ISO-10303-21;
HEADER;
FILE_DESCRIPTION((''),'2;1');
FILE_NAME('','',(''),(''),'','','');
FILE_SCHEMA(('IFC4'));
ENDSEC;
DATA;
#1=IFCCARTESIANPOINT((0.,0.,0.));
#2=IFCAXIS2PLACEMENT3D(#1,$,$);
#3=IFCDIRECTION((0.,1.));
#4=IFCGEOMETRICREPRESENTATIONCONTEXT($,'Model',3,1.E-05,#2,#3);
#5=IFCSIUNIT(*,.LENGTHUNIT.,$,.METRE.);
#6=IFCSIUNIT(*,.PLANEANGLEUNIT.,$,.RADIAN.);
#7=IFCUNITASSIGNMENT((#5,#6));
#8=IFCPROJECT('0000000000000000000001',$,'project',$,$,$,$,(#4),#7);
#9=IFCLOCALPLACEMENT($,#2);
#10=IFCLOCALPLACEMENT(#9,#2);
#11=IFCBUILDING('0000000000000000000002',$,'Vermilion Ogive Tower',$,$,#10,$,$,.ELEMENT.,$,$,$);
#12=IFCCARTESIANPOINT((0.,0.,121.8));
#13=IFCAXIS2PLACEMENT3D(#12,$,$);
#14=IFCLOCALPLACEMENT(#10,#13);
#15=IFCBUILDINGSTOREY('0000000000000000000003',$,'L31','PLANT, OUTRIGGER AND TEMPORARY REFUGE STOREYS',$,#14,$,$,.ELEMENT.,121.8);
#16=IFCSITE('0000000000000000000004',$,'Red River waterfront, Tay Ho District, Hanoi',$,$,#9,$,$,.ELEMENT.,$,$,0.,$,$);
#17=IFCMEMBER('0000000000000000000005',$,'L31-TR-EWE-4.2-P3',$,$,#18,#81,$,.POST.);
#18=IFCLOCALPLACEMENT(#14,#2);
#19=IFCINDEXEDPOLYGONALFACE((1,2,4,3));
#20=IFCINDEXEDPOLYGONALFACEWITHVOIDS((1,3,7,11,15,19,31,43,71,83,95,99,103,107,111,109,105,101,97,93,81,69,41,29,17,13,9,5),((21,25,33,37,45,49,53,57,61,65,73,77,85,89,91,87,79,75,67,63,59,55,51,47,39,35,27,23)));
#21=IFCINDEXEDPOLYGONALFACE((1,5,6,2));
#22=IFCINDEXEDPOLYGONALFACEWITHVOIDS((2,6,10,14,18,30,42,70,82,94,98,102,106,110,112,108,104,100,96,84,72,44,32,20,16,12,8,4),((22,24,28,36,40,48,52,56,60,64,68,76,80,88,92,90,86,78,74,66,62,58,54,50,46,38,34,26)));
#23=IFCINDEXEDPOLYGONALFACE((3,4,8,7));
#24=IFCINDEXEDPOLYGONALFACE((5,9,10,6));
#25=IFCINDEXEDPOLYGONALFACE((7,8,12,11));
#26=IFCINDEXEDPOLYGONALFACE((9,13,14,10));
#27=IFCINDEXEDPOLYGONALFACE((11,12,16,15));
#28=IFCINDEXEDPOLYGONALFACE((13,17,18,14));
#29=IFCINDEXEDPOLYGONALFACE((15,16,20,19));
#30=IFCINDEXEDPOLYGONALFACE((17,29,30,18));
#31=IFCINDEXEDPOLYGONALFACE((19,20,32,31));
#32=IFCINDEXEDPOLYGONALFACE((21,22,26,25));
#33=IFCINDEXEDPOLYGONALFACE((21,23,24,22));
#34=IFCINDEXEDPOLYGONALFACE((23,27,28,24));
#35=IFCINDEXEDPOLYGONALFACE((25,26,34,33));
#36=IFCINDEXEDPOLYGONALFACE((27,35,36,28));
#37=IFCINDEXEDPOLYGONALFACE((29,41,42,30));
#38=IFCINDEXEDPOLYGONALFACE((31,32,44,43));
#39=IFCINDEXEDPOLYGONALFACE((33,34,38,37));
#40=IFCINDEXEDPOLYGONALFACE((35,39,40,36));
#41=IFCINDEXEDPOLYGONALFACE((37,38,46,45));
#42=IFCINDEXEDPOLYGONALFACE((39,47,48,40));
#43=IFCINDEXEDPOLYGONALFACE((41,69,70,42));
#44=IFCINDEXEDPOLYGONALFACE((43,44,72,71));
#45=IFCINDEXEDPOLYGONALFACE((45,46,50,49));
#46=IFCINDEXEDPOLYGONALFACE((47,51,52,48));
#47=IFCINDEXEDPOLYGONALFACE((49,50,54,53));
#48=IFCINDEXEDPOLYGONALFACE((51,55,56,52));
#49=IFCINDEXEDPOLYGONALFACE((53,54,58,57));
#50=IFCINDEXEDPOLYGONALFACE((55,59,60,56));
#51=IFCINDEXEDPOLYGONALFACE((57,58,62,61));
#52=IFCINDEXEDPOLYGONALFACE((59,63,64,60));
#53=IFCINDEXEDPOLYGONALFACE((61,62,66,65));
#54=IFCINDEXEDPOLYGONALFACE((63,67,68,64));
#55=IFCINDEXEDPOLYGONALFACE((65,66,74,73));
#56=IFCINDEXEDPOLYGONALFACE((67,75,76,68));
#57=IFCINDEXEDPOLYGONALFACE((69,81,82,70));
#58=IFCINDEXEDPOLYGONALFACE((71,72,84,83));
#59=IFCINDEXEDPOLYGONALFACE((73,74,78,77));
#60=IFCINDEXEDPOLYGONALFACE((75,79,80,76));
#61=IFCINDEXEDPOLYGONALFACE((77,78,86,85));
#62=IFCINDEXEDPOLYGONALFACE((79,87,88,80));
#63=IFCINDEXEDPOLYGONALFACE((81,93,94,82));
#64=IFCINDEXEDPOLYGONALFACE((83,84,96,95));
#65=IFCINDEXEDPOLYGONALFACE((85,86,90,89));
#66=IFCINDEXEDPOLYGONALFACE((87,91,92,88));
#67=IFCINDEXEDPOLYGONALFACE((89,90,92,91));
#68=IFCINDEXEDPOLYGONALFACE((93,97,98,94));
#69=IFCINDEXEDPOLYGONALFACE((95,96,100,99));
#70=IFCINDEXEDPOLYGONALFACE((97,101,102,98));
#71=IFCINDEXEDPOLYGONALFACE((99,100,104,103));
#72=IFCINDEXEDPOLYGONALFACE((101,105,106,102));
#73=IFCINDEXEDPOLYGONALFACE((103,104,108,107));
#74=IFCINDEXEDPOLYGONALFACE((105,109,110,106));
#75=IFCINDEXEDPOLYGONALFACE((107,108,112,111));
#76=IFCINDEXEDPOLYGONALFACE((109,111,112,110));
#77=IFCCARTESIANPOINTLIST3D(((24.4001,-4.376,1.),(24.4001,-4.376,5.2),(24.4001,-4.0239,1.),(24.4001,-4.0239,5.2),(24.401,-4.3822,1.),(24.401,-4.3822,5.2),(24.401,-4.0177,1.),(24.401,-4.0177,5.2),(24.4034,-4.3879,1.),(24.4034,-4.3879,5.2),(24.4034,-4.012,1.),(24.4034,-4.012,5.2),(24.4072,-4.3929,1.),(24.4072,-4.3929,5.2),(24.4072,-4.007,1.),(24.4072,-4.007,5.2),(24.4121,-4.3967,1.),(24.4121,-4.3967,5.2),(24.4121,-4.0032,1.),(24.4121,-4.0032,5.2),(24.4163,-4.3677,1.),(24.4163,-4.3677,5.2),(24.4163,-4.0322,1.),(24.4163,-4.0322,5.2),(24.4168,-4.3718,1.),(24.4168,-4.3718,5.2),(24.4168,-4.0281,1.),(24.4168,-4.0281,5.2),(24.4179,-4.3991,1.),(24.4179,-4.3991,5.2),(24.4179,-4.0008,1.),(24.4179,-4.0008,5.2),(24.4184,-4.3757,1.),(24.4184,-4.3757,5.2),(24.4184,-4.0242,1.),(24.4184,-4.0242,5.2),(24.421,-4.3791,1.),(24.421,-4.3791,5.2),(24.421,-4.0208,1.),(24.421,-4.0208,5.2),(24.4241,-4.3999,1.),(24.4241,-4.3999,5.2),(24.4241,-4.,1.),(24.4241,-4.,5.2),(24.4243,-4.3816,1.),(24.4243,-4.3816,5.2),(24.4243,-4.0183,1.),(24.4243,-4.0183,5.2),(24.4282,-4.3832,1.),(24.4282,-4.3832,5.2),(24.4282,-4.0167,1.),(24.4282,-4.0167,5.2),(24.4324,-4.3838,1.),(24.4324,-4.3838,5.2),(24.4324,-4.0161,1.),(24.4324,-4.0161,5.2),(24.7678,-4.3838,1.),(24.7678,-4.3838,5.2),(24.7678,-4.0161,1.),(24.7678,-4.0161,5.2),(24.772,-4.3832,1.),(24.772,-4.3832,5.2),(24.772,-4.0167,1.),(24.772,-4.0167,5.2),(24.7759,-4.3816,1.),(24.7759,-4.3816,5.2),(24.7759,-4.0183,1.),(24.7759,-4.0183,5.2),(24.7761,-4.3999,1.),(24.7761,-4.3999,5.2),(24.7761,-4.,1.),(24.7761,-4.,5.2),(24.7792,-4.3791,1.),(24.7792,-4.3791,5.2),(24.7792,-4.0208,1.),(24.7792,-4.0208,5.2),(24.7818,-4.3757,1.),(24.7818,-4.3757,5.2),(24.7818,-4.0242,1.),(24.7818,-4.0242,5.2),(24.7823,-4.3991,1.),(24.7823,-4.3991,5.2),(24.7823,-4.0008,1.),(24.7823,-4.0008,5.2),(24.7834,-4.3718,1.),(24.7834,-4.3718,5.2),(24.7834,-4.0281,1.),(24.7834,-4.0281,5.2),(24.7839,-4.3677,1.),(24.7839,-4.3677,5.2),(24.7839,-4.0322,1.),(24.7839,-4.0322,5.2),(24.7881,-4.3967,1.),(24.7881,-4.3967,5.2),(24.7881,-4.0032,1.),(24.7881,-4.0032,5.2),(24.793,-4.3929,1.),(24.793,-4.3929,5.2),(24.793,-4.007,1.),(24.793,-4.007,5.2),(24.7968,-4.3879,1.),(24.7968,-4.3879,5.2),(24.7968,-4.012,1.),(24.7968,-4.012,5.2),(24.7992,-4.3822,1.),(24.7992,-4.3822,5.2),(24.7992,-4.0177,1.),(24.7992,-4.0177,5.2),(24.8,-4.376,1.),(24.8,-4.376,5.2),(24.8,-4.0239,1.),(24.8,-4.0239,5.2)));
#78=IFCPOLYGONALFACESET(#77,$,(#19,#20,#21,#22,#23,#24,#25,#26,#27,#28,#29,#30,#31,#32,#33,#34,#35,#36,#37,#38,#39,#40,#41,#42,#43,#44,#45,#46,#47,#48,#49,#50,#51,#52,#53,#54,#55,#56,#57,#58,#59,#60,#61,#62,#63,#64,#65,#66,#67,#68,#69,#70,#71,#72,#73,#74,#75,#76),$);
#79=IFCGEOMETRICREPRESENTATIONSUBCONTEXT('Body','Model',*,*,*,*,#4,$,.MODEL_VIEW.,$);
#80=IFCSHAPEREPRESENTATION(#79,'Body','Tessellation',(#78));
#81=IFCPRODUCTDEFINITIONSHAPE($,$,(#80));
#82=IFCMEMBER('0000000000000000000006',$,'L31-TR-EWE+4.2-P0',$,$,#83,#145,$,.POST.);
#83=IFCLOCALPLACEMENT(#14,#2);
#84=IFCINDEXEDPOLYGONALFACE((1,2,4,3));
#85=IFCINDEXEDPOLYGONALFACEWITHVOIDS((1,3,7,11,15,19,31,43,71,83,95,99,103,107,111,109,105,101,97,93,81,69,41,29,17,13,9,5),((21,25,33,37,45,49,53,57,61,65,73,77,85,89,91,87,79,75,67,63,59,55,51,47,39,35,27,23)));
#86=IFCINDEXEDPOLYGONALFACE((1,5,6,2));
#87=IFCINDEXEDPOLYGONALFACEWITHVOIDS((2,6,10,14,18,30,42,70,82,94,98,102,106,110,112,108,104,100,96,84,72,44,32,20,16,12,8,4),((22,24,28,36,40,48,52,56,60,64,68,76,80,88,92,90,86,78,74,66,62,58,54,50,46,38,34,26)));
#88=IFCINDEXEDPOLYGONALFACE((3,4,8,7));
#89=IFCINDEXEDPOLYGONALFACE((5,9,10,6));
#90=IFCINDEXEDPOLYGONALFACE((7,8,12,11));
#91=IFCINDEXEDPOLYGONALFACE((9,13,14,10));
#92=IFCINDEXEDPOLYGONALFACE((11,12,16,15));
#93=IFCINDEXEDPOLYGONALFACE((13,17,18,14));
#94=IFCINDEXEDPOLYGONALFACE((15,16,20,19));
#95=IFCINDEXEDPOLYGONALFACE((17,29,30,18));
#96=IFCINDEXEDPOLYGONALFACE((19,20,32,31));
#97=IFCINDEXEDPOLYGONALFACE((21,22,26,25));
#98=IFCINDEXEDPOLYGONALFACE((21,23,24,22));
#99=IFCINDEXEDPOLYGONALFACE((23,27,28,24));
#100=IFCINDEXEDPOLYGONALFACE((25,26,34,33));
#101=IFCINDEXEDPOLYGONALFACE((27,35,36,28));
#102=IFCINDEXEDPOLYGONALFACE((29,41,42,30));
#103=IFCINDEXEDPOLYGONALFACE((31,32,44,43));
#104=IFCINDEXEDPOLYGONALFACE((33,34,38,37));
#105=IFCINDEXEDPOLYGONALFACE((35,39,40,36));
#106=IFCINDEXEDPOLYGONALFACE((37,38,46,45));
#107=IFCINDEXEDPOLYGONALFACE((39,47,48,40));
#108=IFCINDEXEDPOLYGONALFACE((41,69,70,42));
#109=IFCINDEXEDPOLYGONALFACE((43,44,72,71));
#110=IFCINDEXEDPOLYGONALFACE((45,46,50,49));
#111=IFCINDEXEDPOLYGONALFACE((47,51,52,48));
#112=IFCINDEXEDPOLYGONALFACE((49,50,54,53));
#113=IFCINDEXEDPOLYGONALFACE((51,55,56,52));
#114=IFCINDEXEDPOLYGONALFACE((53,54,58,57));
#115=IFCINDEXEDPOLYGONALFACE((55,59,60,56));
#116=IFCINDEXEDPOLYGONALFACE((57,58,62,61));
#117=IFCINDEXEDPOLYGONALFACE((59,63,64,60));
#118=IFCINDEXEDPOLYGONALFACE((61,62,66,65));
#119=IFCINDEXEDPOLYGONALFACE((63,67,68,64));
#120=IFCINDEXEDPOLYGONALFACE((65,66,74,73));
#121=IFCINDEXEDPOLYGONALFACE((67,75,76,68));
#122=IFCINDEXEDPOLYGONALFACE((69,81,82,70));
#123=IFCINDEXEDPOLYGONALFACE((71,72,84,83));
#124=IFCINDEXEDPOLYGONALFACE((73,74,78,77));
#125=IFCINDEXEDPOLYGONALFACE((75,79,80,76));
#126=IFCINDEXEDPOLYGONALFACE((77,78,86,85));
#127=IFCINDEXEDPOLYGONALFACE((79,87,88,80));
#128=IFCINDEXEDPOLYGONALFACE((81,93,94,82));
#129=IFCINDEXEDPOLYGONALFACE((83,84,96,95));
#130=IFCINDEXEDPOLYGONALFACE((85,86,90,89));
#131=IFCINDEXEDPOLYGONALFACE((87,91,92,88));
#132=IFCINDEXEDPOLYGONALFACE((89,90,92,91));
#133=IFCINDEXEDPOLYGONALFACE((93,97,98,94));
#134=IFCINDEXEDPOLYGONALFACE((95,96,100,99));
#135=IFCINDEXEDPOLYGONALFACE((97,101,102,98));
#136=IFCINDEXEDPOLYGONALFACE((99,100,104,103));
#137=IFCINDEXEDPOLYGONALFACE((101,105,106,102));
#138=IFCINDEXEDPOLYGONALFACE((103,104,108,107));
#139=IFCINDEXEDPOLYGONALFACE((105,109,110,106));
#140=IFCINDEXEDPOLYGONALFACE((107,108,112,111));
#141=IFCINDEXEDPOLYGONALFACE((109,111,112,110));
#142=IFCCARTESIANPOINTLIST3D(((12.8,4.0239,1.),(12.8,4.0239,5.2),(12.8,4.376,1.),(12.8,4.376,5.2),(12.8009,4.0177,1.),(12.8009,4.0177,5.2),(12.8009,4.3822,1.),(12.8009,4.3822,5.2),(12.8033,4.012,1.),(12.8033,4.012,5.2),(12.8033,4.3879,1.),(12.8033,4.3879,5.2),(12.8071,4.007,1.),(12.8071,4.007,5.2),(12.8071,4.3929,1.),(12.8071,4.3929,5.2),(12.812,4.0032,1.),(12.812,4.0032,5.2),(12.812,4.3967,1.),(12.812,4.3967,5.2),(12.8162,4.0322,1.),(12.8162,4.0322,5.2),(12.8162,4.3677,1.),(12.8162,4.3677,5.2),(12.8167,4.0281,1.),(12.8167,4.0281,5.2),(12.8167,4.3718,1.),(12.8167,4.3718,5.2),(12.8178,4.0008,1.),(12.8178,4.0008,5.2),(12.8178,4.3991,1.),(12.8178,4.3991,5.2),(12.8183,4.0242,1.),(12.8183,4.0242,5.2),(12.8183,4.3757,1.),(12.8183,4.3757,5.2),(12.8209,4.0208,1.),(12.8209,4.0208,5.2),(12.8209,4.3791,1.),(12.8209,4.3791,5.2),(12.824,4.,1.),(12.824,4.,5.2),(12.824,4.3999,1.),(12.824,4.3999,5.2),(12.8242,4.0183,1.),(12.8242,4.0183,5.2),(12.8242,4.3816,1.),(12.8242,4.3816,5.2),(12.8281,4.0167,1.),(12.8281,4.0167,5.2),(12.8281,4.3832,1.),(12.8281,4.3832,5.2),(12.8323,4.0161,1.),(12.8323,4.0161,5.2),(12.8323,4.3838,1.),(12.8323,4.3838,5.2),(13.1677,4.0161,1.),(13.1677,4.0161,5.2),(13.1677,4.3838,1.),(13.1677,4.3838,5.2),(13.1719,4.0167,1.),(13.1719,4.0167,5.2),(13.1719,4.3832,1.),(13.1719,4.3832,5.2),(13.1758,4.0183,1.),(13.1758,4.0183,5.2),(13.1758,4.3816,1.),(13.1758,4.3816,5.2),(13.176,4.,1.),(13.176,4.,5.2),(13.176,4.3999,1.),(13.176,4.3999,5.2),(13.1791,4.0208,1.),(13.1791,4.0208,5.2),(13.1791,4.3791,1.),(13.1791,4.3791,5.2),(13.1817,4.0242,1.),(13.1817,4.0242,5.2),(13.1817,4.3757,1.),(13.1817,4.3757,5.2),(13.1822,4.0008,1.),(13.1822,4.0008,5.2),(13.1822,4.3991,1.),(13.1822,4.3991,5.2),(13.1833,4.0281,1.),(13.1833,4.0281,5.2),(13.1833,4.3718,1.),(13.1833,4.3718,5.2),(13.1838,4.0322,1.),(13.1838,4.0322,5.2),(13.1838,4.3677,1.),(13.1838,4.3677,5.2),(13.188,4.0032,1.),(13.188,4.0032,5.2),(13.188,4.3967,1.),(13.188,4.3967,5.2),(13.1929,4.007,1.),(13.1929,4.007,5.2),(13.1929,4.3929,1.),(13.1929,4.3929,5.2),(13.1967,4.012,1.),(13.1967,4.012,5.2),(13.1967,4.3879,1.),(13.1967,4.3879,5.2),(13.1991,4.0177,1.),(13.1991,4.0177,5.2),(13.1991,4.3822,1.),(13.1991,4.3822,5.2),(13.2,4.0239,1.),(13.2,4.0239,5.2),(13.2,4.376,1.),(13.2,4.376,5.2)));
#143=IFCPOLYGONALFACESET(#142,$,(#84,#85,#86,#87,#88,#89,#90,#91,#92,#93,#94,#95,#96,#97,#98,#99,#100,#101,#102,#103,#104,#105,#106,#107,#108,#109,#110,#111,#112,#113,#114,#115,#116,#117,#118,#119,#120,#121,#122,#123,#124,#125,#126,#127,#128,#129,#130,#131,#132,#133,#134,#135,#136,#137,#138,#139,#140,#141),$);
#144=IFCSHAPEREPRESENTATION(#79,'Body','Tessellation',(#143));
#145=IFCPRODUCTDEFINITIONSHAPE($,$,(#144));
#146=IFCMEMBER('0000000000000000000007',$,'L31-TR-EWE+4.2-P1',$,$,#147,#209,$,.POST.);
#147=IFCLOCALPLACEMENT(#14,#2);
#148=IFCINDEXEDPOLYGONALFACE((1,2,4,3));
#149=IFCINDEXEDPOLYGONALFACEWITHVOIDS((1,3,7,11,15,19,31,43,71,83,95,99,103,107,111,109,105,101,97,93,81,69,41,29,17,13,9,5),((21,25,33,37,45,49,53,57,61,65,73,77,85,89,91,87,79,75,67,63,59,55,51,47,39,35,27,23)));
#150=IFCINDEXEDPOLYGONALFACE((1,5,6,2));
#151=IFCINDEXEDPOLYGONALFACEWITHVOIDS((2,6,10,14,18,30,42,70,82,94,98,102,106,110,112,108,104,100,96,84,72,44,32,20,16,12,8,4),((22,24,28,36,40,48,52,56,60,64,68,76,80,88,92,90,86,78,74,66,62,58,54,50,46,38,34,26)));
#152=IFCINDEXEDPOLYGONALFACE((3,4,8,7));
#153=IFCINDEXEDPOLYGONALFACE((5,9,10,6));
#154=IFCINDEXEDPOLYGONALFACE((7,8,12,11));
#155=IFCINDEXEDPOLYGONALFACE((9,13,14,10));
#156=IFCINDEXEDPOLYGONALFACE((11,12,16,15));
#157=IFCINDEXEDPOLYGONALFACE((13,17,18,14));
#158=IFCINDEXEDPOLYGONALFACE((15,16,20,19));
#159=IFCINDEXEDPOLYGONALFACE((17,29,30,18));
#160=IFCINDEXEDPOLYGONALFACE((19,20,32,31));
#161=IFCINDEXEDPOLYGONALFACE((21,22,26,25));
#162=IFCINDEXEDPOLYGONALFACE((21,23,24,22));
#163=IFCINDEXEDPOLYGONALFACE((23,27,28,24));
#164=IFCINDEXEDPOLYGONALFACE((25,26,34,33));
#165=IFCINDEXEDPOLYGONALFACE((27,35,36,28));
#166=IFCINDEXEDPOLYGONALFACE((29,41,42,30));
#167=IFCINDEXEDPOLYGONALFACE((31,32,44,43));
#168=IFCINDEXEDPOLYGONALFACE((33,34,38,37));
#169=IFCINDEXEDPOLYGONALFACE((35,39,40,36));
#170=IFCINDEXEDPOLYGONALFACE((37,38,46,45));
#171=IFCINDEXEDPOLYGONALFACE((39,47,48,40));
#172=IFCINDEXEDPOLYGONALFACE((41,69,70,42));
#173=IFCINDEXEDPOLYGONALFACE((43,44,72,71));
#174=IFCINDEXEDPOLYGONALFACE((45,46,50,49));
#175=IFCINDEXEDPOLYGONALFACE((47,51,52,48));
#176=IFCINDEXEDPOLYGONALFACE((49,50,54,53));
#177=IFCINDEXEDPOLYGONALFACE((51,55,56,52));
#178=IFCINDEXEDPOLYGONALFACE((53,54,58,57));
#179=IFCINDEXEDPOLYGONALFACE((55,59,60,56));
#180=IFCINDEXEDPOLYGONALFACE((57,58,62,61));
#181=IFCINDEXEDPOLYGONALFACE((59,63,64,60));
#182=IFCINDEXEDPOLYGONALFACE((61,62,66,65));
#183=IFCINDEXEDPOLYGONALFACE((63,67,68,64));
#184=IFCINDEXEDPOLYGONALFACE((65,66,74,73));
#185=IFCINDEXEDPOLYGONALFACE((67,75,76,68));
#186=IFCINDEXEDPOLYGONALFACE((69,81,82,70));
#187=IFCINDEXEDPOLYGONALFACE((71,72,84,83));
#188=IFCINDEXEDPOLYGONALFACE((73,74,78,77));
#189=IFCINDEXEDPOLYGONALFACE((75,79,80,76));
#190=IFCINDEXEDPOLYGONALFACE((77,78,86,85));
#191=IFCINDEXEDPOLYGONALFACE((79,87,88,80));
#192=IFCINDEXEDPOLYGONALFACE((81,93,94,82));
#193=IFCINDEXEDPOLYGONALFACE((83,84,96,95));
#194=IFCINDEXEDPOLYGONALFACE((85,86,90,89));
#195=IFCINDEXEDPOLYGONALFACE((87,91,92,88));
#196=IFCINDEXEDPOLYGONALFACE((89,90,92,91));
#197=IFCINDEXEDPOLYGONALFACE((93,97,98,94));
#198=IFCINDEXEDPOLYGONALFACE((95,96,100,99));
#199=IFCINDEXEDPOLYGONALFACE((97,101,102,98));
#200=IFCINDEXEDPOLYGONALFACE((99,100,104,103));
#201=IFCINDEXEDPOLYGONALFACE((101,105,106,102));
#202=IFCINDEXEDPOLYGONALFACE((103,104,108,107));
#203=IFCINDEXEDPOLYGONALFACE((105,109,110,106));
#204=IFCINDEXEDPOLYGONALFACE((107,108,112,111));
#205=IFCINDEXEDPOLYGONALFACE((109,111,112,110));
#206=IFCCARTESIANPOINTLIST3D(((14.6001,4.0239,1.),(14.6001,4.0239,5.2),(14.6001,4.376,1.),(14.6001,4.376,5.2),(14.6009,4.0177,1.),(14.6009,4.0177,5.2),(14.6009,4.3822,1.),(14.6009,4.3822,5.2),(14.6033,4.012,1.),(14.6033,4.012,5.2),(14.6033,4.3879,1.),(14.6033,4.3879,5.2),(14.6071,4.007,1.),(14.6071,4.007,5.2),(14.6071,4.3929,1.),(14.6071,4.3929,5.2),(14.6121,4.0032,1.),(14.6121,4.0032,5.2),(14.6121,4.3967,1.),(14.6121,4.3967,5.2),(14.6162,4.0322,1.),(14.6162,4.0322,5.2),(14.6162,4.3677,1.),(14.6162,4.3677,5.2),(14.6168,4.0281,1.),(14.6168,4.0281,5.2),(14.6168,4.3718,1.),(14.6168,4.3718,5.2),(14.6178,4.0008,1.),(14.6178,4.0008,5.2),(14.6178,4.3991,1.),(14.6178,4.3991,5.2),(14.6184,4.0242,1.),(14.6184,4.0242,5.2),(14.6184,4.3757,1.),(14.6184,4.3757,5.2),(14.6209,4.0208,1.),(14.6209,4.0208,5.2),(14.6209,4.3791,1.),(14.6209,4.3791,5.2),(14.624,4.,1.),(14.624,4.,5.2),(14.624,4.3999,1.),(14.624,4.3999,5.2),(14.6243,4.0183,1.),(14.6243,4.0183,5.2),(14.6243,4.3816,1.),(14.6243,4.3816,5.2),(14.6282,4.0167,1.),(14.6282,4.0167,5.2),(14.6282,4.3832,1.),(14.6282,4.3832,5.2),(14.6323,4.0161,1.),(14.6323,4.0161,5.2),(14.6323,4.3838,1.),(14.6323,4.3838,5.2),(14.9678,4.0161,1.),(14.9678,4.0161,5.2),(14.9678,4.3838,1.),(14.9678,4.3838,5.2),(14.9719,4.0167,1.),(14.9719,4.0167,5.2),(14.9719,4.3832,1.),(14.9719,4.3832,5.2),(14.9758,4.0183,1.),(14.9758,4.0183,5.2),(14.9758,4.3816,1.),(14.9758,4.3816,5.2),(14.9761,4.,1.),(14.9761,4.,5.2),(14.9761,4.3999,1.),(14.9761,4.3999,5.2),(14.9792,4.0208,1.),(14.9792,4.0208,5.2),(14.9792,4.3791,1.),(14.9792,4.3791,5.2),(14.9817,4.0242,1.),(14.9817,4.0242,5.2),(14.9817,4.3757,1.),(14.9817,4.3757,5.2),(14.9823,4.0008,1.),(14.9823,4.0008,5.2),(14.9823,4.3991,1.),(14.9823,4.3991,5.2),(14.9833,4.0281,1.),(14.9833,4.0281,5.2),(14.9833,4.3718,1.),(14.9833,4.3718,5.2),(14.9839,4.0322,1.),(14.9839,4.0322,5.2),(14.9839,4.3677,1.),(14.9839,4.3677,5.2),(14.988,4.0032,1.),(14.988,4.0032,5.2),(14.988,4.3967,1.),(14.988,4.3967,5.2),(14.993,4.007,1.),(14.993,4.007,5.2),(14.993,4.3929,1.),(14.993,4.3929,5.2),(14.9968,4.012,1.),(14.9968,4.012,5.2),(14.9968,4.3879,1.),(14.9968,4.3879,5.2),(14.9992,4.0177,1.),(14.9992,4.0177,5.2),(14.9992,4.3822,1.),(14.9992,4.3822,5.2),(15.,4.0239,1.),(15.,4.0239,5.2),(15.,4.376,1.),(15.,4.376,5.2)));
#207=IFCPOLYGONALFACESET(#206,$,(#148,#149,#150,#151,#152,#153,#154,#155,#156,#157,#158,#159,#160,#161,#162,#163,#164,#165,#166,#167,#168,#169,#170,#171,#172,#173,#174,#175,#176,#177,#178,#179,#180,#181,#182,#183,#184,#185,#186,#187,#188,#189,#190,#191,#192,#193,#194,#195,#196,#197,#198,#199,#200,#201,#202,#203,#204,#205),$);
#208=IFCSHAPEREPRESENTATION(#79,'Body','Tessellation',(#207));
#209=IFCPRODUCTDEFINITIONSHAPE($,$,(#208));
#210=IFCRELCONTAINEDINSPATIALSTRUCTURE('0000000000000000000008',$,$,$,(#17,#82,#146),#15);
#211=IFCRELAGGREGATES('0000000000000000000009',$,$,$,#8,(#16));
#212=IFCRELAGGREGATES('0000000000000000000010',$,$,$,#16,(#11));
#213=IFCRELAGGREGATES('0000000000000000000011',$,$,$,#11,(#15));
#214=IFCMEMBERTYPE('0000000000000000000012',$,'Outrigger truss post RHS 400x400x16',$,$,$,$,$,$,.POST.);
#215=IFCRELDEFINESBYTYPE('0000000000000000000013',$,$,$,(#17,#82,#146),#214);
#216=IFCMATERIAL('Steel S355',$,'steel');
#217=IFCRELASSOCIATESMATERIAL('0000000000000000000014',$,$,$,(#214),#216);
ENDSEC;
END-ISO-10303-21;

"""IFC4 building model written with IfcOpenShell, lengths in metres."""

from ifc_helpers import new_model, si_unit, direction, frame, origin, origin_2d, place, context, subcontext, project, spatial, hollow_rectangle, extrude, material, material_profile, profile_set, type_object, element, save


model = new_model("IFC4")

# Units and contexts
model_context = context("Model", 3, precision=1e-05, world=origin(), true_north=direction((0.0, 1.0)))
body_context = subcontext(model_context, "Body", "Model", "MODEL_VIEW")
ifc_project = project(units=[si_unit("LENGTHUNIT", "METRE"), si_unit("PLANEANGLEUNIT", "RADIAN")], contexts=[model_context])

# Site, building, storey
site_placement = place(None, origin())
site = spatial("IfcSite", under=ifc_project, at=site_placement, Name="Red River waterfront, Tay Ho District, Hanoi", CompositionType="ELEMENT", RefElevation=0.0)
building_placement = place(site_placement, origin())
building = spatial("IfcBuilding", under=site, at=building_placement, Name="Vermilion Ogive Tower", CompositionType="ELEMENT")
storey_placement = place(building_placement, frame((0.0, 0.0, 121.8)))
storey = spatial("IfcBuildingStorey", under=building, at=storey_placement, Name="L31", Description="PLANT, OUTRIGGER AND TEMPORARY REFUGE STOREYS", CompositionType="ELEMENT", Elevation=121.8)

# Members
ifc_material_1 = material(Name="Steel S355", Category="steel")
ifc_material_profile_1 = material_profile(ifc_material_1, hollow_rectangle(XDim=0.3999, YDim=0.3999, WallThickness=0.0161, InnerFilletRadius=0.0161, OuterFilletRadius=0.0239, at=origin_2d()), Name="RHS 400x400x16")
ifc_profile_set_1 = profile_set([ifc_material_profile_1], Name="Steel S355")
member_type_1 = type_object("IfcMemberType", Name="Outrigger truss post RHS 400x400x16", PredefinedType="POST", material=ifc_profile_set_1)
for number, where, z_axis, x_axis, name in (
    (1, (24.6001, -4.2, 1.0), (0.0, 0.0, 1.0), (1.0, 0.0, 0.0), "L31-TR-EWE-4.2-P3"),
    (2, (13.0, 4.2, 1.0), (0.0, 0.0, 1.0), (1.0, 0.0, 0.0), "L31-TR-EWE+4.2-P0"),
    (3, (14.8, 4.2, 1.0), (0.0, 0.0, 1.0), (1.0, 0.0, 0.0), "L31-TR-EWE+4.2-P1"),
):
    element("IfcMember", number, at=place(storey_placement, frame(where, z_axis=z_axis, x_axis=x_axis)), inside=storey, type_object=member_type_1, Name=name, PredefinedType="POST", context=body_context, shape_type="SweptSolid", body=[
        extrude(hollow_rectangle(XDim=0.3999, YDim=0.3999, WallThickness=0.0161, InnerFilletRadius=0.0161, OuterFilletRadius=0.0239, at=origin_2d()), origin(), (0.0, 0.0, 1.0), 4.2),
    ])

save(model, "model.ifc")
